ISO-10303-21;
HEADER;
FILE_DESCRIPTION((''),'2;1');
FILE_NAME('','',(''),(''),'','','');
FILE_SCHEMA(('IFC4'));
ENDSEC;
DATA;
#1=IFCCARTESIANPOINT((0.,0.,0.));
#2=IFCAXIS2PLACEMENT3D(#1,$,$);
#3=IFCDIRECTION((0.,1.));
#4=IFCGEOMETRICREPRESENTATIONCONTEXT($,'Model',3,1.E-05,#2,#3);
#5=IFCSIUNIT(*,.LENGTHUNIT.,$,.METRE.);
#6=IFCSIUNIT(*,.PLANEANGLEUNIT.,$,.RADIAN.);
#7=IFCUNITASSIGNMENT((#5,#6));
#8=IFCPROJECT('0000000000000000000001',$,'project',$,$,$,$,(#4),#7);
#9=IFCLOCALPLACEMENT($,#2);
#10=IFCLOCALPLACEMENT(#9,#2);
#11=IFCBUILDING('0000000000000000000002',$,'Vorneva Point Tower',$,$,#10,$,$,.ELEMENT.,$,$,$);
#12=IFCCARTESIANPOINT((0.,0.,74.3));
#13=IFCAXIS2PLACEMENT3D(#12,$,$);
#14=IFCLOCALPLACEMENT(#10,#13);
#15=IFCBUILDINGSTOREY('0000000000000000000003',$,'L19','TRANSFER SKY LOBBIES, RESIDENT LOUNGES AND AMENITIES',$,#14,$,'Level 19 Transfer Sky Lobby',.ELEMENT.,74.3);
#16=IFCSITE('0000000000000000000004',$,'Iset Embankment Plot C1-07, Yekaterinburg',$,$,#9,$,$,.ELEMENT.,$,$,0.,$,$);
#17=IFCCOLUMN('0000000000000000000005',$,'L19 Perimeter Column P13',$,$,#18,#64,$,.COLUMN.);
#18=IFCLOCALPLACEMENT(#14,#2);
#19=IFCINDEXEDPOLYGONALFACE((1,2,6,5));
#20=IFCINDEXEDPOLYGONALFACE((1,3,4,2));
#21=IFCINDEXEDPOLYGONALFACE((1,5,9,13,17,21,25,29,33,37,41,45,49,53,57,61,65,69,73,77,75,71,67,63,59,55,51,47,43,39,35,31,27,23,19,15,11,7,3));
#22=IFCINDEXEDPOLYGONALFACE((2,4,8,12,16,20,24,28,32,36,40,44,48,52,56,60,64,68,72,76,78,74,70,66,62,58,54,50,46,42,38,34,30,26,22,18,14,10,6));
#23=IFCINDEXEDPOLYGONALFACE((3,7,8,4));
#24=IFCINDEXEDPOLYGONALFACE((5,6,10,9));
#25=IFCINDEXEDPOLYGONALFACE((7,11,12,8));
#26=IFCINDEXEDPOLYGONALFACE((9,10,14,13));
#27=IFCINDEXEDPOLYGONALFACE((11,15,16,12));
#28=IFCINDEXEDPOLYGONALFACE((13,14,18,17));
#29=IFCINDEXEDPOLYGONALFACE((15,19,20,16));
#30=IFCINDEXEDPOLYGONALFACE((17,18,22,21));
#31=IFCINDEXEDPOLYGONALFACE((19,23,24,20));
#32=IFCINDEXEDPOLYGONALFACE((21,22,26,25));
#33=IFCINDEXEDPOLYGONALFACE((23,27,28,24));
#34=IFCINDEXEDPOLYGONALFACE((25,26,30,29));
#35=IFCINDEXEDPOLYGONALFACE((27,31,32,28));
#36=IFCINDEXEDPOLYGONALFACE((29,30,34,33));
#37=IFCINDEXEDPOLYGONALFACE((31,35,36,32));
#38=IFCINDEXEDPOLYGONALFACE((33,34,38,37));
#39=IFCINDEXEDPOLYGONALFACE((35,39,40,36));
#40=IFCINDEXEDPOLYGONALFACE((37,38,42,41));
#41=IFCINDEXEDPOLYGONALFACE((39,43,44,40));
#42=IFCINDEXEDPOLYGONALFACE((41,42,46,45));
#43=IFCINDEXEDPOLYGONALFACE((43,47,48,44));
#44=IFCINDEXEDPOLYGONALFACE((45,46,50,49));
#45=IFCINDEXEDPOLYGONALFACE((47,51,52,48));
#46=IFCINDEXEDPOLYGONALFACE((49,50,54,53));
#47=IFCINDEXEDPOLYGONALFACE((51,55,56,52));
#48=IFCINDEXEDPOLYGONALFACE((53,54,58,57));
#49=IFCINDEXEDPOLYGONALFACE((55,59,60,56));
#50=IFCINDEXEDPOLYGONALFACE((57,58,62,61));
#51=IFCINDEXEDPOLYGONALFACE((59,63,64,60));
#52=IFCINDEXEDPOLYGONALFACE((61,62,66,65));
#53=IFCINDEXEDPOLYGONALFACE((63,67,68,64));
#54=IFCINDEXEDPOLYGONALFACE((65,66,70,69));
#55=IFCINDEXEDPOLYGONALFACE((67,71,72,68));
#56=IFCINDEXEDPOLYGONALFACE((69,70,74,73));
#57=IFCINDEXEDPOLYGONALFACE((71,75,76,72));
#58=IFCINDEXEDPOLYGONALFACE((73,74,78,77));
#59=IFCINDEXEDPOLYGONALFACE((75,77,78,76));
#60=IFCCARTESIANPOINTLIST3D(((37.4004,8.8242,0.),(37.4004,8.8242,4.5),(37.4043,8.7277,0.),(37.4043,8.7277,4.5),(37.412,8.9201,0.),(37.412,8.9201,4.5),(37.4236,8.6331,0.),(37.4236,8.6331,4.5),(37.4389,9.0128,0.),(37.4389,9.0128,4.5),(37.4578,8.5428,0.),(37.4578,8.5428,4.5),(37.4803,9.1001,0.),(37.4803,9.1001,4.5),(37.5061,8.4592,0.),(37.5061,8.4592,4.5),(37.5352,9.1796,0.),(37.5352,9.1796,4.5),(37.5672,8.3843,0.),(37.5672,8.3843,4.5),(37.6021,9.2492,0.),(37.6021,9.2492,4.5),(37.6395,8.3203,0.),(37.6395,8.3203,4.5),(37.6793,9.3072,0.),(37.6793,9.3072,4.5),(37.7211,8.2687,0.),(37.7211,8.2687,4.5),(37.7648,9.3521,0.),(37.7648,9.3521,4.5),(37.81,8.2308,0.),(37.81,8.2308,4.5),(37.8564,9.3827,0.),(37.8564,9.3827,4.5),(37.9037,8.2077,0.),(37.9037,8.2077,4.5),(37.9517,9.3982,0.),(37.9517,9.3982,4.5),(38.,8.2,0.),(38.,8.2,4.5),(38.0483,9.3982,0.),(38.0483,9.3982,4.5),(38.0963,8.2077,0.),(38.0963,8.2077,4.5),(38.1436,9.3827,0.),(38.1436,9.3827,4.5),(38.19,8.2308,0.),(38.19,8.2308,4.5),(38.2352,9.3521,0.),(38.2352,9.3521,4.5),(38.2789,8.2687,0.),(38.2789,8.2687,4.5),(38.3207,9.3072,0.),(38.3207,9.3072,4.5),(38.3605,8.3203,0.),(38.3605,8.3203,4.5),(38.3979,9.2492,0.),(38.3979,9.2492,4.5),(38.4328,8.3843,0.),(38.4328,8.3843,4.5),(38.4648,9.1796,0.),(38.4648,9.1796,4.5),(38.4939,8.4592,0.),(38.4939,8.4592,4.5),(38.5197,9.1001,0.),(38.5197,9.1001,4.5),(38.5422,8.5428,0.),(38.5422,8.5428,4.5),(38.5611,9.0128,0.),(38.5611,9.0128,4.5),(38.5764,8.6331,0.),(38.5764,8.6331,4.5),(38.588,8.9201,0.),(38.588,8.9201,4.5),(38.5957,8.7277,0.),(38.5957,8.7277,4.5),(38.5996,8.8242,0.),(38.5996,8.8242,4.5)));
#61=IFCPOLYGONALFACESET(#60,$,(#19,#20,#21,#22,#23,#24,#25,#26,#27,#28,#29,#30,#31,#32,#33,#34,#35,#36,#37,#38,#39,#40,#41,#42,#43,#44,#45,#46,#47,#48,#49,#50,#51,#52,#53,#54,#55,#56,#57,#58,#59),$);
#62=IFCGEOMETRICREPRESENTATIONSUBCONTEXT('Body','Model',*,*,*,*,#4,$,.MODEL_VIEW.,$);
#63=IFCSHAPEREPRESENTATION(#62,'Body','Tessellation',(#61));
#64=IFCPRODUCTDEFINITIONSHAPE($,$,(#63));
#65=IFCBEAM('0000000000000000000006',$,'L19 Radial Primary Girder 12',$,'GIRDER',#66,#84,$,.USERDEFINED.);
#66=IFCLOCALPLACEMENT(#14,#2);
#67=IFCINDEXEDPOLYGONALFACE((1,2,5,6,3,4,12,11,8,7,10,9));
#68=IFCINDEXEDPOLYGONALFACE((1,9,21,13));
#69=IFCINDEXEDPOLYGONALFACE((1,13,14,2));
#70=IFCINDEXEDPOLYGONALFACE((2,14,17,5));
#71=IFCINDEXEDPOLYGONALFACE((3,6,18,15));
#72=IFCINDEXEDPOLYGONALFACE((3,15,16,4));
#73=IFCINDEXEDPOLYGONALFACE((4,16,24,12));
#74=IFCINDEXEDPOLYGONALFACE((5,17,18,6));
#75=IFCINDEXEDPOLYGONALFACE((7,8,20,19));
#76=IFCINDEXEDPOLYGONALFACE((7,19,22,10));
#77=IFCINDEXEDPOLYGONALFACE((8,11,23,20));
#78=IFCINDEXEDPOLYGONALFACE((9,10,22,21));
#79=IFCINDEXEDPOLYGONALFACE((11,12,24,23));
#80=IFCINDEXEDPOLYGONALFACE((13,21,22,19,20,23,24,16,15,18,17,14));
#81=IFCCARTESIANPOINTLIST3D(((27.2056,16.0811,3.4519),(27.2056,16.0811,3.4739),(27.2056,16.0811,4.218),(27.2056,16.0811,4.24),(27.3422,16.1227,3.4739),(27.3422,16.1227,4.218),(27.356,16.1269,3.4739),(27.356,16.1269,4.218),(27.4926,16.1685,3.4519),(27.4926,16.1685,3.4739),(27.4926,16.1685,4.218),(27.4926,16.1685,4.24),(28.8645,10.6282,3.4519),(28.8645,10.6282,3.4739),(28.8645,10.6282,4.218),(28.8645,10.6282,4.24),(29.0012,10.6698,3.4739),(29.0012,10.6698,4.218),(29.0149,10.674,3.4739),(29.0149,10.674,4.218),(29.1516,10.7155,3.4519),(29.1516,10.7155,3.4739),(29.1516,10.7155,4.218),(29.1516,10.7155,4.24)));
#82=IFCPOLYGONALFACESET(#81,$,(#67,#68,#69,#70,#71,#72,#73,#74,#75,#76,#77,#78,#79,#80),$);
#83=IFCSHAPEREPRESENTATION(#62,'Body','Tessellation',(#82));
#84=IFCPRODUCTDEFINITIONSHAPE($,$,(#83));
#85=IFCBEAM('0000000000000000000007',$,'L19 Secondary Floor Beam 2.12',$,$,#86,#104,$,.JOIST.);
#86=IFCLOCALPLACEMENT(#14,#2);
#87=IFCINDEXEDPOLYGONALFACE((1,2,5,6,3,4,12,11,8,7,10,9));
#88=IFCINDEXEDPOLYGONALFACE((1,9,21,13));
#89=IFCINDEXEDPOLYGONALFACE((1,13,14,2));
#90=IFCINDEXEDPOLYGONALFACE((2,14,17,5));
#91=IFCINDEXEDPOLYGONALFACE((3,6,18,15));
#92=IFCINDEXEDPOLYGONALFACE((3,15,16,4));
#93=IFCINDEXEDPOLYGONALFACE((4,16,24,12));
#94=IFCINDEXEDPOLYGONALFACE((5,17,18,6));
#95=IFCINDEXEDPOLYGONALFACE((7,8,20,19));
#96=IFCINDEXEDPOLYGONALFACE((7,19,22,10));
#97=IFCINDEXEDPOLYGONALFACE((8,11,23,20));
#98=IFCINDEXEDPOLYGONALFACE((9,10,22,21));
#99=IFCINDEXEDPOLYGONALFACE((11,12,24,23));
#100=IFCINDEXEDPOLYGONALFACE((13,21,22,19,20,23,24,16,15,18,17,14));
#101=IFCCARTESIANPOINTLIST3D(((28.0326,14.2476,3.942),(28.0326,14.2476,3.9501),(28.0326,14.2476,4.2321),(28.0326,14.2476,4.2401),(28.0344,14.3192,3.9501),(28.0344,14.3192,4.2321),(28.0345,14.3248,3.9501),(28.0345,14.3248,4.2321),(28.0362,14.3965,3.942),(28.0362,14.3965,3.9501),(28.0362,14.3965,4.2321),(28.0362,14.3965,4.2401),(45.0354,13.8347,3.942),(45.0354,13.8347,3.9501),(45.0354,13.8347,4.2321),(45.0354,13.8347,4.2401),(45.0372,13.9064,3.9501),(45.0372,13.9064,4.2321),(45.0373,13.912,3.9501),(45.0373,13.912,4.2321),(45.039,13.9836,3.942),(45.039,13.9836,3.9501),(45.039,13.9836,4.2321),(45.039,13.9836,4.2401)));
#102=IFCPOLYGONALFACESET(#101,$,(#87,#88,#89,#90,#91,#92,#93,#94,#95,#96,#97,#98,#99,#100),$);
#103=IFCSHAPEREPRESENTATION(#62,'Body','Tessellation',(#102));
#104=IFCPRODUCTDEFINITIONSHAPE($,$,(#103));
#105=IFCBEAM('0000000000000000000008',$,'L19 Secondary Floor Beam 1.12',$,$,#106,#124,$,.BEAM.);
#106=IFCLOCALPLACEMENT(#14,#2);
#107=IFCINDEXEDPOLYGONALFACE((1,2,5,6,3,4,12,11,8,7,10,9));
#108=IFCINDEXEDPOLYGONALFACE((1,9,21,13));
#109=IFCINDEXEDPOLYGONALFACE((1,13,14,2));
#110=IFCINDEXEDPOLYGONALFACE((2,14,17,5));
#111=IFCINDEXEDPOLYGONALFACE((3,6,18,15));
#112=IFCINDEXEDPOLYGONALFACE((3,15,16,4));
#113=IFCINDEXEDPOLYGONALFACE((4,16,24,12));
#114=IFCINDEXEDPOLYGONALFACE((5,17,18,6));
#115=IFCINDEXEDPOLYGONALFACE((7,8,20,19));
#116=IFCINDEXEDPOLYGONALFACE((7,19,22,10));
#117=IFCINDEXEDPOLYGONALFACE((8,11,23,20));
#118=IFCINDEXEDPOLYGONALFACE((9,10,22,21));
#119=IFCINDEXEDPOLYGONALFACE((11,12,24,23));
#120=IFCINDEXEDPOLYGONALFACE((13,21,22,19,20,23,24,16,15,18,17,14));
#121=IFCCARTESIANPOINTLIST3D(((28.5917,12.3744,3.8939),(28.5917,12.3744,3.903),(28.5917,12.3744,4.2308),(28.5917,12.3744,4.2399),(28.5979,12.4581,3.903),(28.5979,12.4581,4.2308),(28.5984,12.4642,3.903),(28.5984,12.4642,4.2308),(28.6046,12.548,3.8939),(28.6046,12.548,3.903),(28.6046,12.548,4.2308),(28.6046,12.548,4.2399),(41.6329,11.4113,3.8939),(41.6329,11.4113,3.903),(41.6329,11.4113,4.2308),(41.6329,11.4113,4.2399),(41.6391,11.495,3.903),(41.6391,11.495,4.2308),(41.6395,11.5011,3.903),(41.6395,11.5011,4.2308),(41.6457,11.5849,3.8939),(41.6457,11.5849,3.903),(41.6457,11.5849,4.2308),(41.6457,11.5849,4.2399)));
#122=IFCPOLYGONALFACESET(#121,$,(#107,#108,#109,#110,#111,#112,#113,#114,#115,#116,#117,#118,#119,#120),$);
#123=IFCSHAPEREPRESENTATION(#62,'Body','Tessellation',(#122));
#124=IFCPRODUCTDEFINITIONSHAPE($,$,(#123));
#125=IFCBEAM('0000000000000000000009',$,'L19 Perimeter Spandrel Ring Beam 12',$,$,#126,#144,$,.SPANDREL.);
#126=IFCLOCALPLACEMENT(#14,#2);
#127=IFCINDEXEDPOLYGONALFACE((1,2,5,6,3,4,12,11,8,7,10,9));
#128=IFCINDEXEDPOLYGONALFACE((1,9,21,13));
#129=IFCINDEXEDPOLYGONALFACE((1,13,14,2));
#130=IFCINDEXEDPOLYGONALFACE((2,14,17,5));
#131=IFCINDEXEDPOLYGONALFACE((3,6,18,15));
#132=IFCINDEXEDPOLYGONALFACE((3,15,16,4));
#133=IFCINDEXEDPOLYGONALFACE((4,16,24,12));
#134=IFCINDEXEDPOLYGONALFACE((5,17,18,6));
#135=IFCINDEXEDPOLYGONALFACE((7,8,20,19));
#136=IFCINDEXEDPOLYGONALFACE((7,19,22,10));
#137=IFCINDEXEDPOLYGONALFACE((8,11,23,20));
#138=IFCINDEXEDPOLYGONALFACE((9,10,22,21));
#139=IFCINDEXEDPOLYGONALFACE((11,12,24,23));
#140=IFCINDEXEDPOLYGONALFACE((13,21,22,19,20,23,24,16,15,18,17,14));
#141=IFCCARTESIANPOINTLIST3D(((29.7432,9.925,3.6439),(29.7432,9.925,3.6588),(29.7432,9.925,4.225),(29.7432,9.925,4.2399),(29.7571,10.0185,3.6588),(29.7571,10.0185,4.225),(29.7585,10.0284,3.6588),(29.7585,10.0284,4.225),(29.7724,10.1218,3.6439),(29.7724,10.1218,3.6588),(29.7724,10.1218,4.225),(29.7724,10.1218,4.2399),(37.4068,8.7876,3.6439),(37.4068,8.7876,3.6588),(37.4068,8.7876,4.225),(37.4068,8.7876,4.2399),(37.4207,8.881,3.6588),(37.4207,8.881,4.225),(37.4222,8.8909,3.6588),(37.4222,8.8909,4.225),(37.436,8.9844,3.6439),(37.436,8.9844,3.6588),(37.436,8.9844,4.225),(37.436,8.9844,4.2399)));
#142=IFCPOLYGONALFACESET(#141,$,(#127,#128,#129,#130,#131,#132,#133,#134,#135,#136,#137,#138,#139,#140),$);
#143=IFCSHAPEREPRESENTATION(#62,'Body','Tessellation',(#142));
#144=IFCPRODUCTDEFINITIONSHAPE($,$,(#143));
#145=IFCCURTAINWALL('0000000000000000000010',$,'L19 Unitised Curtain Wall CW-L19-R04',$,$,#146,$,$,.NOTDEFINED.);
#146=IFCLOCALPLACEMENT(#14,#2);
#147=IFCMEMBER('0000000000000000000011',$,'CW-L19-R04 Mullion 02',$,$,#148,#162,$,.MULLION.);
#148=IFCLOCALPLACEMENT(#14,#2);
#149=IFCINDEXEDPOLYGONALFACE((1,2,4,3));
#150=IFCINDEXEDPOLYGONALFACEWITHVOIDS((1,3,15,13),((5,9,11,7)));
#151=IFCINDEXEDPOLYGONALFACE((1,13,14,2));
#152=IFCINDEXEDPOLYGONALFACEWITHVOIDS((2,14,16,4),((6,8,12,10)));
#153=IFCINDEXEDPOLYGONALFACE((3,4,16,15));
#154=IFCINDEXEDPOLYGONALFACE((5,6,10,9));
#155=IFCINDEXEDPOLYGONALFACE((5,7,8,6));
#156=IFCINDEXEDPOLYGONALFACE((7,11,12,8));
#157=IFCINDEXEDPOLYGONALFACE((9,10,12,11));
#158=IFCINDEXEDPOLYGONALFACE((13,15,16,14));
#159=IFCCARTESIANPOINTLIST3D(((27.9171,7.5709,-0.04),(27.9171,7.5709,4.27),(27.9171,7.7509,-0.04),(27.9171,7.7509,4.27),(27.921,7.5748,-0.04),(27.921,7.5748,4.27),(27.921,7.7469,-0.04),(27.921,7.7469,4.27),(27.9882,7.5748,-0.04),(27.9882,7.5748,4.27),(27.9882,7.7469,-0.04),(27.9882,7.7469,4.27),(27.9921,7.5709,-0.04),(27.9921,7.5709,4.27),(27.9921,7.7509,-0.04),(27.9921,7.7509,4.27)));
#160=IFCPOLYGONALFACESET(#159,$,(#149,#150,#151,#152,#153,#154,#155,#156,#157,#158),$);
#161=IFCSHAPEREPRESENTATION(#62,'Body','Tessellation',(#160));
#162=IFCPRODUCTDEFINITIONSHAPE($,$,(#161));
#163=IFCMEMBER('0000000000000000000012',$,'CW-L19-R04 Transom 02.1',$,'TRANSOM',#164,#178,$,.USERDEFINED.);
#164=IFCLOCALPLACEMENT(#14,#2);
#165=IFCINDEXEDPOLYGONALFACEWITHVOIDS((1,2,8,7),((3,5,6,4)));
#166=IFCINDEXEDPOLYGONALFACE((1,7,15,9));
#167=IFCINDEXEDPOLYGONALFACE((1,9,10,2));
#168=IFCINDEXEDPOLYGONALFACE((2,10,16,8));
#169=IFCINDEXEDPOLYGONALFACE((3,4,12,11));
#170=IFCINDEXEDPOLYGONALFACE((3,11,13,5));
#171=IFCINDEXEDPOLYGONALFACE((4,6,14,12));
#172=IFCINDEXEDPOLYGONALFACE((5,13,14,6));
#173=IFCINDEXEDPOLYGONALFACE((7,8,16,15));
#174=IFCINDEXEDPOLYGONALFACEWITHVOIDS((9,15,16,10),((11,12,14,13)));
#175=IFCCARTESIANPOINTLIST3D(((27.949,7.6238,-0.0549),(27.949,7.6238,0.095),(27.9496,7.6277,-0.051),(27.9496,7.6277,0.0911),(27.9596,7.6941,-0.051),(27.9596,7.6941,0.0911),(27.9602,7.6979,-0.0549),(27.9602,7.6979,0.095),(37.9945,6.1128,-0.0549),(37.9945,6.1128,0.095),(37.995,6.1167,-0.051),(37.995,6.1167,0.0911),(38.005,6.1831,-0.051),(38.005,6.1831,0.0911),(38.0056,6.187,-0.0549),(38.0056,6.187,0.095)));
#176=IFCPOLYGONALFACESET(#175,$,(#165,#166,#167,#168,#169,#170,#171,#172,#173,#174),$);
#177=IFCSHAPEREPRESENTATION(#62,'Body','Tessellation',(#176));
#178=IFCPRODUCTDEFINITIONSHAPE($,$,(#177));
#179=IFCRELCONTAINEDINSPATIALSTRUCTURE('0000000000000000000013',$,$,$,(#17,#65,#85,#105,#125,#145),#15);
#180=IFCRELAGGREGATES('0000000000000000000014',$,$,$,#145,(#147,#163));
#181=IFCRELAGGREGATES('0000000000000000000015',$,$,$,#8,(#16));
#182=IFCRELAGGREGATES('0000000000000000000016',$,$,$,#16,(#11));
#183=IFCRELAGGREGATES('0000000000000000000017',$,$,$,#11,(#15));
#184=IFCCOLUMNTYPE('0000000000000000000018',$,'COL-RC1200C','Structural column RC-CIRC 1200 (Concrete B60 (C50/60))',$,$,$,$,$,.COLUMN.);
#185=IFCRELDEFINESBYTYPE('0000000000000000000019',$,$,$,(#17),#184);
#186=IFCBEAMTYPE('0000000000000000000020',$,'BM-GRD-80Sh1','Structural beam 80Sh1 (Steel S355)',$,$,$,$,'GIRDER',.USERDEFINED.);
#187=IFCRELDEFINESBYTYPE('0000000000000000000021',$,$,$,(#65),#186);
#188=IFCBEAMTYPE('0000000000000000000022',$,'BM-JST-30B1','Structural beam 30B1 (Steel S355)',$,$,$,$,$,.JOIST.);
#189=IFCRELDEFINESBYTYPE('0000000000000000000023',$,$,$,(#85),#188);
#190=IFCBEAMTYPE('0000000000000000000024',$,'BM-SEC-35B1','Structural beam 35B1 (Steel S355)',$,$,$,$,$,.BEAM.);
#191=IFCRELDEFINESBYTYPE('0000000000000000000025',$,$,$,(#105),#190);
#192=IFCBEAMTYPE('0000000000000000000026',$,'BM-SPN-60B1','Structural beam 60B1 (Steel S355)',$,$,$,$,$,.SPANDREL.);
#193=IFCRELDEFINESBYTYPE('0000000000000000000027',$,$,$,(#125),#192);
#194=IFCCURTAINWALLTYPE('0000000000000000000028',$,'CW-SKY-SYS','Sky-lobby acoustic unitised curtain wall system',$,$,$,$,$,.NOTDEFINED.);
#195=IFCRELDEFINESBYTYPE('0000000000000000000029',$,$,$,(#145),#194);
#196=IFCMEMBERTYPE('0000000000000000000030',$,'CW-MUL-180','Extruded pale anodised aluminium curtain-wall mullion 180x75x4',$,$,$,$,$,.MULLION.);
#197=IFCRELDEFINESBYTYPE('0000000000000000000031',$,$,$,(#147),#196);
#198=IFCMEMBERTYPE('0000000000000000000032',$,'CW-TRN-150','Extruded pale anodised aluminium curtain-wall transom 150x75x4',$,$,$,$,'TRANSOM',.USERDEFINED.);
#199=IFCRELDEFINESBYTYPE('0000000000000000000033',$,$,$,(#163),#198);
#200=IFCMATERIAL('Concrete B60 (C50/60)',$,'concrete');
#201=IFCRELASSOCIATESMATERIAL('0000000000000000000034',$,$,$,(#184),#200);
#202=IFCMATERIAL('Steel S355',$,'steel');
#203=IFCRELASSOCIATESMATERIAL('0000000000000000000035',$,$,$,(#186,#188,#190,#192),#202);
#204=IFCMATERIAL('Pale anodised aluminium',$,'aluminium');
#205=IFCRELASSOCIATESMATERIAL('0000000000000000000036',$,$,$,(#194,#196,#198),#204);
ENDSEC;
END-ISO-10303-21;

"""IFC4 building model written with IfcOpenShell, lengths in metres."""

from ifc_helpers import new_model, si_unit, direction, frame, origin, origin_2d, place, context, subcontext, project, spatial, hollow_rectangle, circle, i_section, extrude, material, material_profile, profile_set, type_object, element, aggregate, save


model = new_model("IFC4")

# Units and contexts
model_context = context("Model", 3, precision=1e-05, world=origin(), true_north=direction((0.0, 1.0)))
body_context = subcontext(model_context, "Body", "Model", "MODEL_VIEW")
ifc_project = project(units=[si_unit("LENGTHUNIT", "METRE"), si_unit("PLANEANGLEUNIT", "RADIAN")], contexts=[model_context])

# Site, building, storey
site_placement = place(None, origin())
site = spatial("IfcSite", under=ifc_project, at=site_placement, Name="Iset Embankment Plot C1-07, Yekaterinburg", CompositionType="ELEMENT", RefElevation=0.0)
building_placement = place(site_placement, origin())
building = spatial("IfcBuilding", under=site, at=building_placement, Name="Vorneva Point Tower", CompositionType="ELEMENT")
storey_placement = place(building_placement, frame((0.0, 0.0, 74.3)))
storey = spatial("IfcBuildingStorey", under=building, at=storey_placement, Name="L19", Description="TRANSFER SKY LOBBIES, RESIDENT LOUNGES AND AMENITIES", LongName="Level 19 Transfer Sky Lobby", CompositionType="ELEMENT", Elevation=74.3)

# Column
ifc_material_1 = material(Name="Concrete B60 (C50/60)", Category="concrete")
ifc_material_profile_1 = material_profile(ifc_material_1, circle(Radius=0.6001, at=origin_2d()), Name="RC-CIRC 1200")
ifc_profile_set_1 = profile_set([ifc_material_profile_1], Name="Concrete B60 (C50/60)")
column_type = type_object("IfcColumnType", Name="COL-RC1200C", Description="Structural column RC-CIRC 1200 (Concrete B60 (C50/60))", PredefinedType="COLUMN", material=ifc_profile_set_1)
for number, where, z_axis, x_axis, name in (
    (1, (38.0, 8.8, 0.0), (0.0, 0.0, 1.0), (0.0, -1.0, 0.0), "L19 Perimeter Column P13"),
):
    element("IfcColumn", number, at=place(storey_placement, frame(where, z_axis=z_axis, x_axis=x_axis)), inside=storey, type_object=column_type, Name=name, PredefinedType="COLUMN", context=body_context, shape_type="SweptSolid", body=[
        extrude(circle(Radius=0.6001, at=origin_2d()), origin(), (0.0, 0.0, 1.0), 4.5),
    ])

# Beams
ifc_material_2 = material(Name="Steel S355", Category="steel")
ifc_material_profile_2 = material_profile(ifc_material_2, i_section(OverallWidth=0.3, OverallDepth=0.7881, WebThickness=0.0144, FlangeThickness=0.022, at=origin_2d()), Name="80Sh1")
ifc_profile_set_2 = profile_set([ifc_material_profile_2], Name="Steel S355")
beam_type_1 = type_object("IfcBeamType", Name="BM-GRD-80Sh1", Description="Structural beam 80Sh1 (Steel S355)", ElementType="GIRDER", PredefinedType="USERDEFINED", material=ifc_profile_set_2)
beam_1_placement = place(storey_placement, frame((29.0081, 10.6719, 3.8459), z_axis=(-0.291059, 0.956705, 0.0), x_axis=(-0.956705, -0.291059, 0.0)))
element("IfcBeam", 2, at=beam_1_placement, inside=storey, type_object=beam_type_1, Name="L19 Radial Primary Girder 12", ObjectType="GIRDER", PredefinedType="USERDEFINED", context=body_context, shape_type="SweptSolid", body=[
    extrude(i_section(OverallWidth=0.3, OverallDepth=0.7881, WebThickness=0.0144, FlangeThickness=0.022, at=origin_2d()), origin(), (0.0, 0.0, 1.0), 5.6997),
])
ifc_material_profile_3 = material_profile(ifc_material_2, i_section(OverallWidth=0.1489, OverallDepth=0.2981, WebThickness=0.0056, FlangeThickness=0.0081, at=origin_2d()), Name="30B1")
ifc_profile_set_3 = profile_set([ifc_material_profile_3], Name="Steel S355")
beam_type_2 = type_object("IfcBeamType", Name="BM-JST-30B1", Description="Structural beam 30B1 (Steel S355)", PredefinedType="JOIST", material=ifc_profile_set_3)
beam_2_placement = place(storey_placement, frame((28.0344, 14.322, 4.0911), z_axis=(0.999705, -0.024274, 0.0), x_axis=(0.024274, 0.999705, 0.0)))
element("IfcBeam", 3, at=beam_2_placement, inside=storey, type_object=beam_type_2, Name="L19 Secondary Floor Beam 2.12", PredefinedType="JOIST", context=body_context, shape_type="SweptSolid", body=[
    extrude(i_section(OverallWidth=0.1489, OverallDepth=0.2981, WebThickness=0.0056, FlangeThickness=0.0081, at=origin_2d()), origin(), (0.0, 0.0, 1.0), 17.0078),
])
ifc_material_profile_4 = material_profile(ifc_material_2, i_section(OverallWidth=0.1741, OverallDepth=0.3459, WebThickness=0.0061, FlangeThickness=0.009, at=origin_2d()), Name="35B1")
ifc_profile_set_4 = profile_set([ifc_material_profile_4], Name="Steel S355")
beam_type_3 = type_object("IfcBeamType", Name="BM-SEC-35B1", Description="Structural beam 35B1 (Steel S355)", PredefinedType="BEAM", material=ifc_profile_set_4)
beam_3_placement = place(storey_placement, frame((28.5981, 12.4612, 4.0669), z_axis=(0.997284, -0.073652, 0.0), x_axis=(0.073652, 0.997284, 0.0)))
element("IfcBeam", 4, at=beam_3_placement, inside=storey, type_object=beam_type_3, Name="L19 Secondary Floor Beam 1.12", PredefinedType="BEAM", context=body_context, shape_type="SweptSolid", body=[
    extrude(i_section(OverallWidth=0.1741, OverallDepth=0.3459, WebThickness=0.0061, FlangeThickness=0.009, at=origin_2d()), origin(), (0.0, 0.0, 1.0), 13.0767),
])
ifc_material_profile_5 = material_profile(ifc_material_2, i_section(OverallWidth=0.199, OverallDepth=0.5959, WebThickness=0.01, FlangeThickness=0.0149, at=origin_2d()), Name="60B1")
ifc_profile_set_5 = profile_set([ifc_material_profile_5], Name="Steel S355")
beam_type_4 = type_object("IfcBeamType", Name="BM-SPN-60B1", Description="Structural beam 60B1 (Steel S355)", PredefinedType="SPANDREL", material=ifc_profile_set_5)
beam_4_placement = place(storey_placement, frame((29.7578, 10.0234, 3.9419), z_axis=(0.989164, -0.146815, 0.0), x_axis=(0.146815, 0.989164, 0.0)))
element("IfcBeam", 5, at=beam_4_placement, inside=storey, type_object=beam_type_4, Name="L19 Perimeter Spandrel Ring Beam 12", PredefinedType="SPANDREL", context=body_context, shape_type="SweptSolid", body=[
    extrude(i_section(OverallWidth=0.199, OverallDepth=0.5959, WebThickness=0.01, FlangeThickness=0.0149, at=origin_2d()), origin(), (0.0, 0.0, 1.0), 7.7476),
])

# Curtain wall, members
ifc_material_3 = material(Name="Pale anodised aluminium", Category="aluminium")
curtain_wall_type = type_object("IfcCurtainWallType", Name="CW-SKY-SYS", Description="Sky-lobby acoustic unitised curtain wall system", PredefinedType="NOTDEFINED", material=ifc_material_3)
curtain_wall_placement = place(storey_placement, origin())
curtain_wall = element("IfcCurtainWall", 6, at=curtain_wall_placement, inside=storey, type_object=curtain_wall_type, Name="L19 Unitised Curtain Wall CW-L19-R04", PredefinedType="NOTDEFINED")
ifc_material_profile_6 = material_profile(ifc_material_3, hollow_rectangle(XDim=0.075, YDim=0.1799, WallThickness=0.0039, at=origin_2d()), Name="AL-MUL 180x75x4")
ifc_profile_set_6 = profile_set([ifc_material_profile_6], Name="Pale anodised aluminium")
member_type_1 = type_object("IfcMemberType", Name="CW-MUL-180", Description="Extruded pale anodised aluminium curtain-wall mullion 180x75x4", PredefinedType="MULLION", material=ifc_profile_set_6)
member_1_placement = place(storey_placement, frame((27.9546, 7.6609, -0.04), z_axis=(0.0, 0.0, 1.0), x_axis=(1.0, 0.0, 0.0)))
member_1 = element("IfcMember", 7, at=member_1_placement, type_object=member_type_1, Name="CW-L19-R04 Mullion 02", PredefinedType="MULLION", context=body_context, shape_type="SweptSolid", body=[
    extrude(hollow_rectangle(XDim=0.075, YDim=0.1799, WallThickness=0.0039, at=origin_2d()), origin(), (0.0, 0.0, 1.0), 4.3101),
])
ifc_material_profile_7 = material_profile(ifc_material_3, hollow_rectangle(XDim=0.075, YDim=0.1499, WallThickness=0.0039, at=origin_2d()), Name="AL-TRN 150x75x4")
ifc_profile_set_7 = profile_set([ifc_material_profile_7], Name="Pale anodised aluminium")
member_type_2 = type_object("IfcMemberType", Name="CW-TRN-150", Description="Extruded pale anodised aluminium curtain-wall transom 150x75x4", ElementType="TRANSOM", PredefinedType="USERDEFINED", material=ifc_profile_set_7)
member_2_placement = place(storey_placement, frame((27.9546, 7.6609, 0.02), z_axis=(0.988876, -0.148742, 0.0), x_axis=(0.148742, 0.988876, 0.0)))
member_2 = element("IfcMember", 8, at=member_2_placement, type_object=member_type_2, Name="CW-L19-R04 Transom 02.1", ObjectType="TRANSOM", PredefinedType="USERDEFINED", context=body_context, shape_type="SweptSolid", body=[
    extrude(hollow_rectangle(XDim=0.075, YDim=0.1499, WallThickness=0.0039, at=origin_2d()), origin(), (0.0, 0.0, 1.0), 10.1584),
])
aggregate(curtain_wall, [member_1, member_2])

save(model, "model.ifc")
